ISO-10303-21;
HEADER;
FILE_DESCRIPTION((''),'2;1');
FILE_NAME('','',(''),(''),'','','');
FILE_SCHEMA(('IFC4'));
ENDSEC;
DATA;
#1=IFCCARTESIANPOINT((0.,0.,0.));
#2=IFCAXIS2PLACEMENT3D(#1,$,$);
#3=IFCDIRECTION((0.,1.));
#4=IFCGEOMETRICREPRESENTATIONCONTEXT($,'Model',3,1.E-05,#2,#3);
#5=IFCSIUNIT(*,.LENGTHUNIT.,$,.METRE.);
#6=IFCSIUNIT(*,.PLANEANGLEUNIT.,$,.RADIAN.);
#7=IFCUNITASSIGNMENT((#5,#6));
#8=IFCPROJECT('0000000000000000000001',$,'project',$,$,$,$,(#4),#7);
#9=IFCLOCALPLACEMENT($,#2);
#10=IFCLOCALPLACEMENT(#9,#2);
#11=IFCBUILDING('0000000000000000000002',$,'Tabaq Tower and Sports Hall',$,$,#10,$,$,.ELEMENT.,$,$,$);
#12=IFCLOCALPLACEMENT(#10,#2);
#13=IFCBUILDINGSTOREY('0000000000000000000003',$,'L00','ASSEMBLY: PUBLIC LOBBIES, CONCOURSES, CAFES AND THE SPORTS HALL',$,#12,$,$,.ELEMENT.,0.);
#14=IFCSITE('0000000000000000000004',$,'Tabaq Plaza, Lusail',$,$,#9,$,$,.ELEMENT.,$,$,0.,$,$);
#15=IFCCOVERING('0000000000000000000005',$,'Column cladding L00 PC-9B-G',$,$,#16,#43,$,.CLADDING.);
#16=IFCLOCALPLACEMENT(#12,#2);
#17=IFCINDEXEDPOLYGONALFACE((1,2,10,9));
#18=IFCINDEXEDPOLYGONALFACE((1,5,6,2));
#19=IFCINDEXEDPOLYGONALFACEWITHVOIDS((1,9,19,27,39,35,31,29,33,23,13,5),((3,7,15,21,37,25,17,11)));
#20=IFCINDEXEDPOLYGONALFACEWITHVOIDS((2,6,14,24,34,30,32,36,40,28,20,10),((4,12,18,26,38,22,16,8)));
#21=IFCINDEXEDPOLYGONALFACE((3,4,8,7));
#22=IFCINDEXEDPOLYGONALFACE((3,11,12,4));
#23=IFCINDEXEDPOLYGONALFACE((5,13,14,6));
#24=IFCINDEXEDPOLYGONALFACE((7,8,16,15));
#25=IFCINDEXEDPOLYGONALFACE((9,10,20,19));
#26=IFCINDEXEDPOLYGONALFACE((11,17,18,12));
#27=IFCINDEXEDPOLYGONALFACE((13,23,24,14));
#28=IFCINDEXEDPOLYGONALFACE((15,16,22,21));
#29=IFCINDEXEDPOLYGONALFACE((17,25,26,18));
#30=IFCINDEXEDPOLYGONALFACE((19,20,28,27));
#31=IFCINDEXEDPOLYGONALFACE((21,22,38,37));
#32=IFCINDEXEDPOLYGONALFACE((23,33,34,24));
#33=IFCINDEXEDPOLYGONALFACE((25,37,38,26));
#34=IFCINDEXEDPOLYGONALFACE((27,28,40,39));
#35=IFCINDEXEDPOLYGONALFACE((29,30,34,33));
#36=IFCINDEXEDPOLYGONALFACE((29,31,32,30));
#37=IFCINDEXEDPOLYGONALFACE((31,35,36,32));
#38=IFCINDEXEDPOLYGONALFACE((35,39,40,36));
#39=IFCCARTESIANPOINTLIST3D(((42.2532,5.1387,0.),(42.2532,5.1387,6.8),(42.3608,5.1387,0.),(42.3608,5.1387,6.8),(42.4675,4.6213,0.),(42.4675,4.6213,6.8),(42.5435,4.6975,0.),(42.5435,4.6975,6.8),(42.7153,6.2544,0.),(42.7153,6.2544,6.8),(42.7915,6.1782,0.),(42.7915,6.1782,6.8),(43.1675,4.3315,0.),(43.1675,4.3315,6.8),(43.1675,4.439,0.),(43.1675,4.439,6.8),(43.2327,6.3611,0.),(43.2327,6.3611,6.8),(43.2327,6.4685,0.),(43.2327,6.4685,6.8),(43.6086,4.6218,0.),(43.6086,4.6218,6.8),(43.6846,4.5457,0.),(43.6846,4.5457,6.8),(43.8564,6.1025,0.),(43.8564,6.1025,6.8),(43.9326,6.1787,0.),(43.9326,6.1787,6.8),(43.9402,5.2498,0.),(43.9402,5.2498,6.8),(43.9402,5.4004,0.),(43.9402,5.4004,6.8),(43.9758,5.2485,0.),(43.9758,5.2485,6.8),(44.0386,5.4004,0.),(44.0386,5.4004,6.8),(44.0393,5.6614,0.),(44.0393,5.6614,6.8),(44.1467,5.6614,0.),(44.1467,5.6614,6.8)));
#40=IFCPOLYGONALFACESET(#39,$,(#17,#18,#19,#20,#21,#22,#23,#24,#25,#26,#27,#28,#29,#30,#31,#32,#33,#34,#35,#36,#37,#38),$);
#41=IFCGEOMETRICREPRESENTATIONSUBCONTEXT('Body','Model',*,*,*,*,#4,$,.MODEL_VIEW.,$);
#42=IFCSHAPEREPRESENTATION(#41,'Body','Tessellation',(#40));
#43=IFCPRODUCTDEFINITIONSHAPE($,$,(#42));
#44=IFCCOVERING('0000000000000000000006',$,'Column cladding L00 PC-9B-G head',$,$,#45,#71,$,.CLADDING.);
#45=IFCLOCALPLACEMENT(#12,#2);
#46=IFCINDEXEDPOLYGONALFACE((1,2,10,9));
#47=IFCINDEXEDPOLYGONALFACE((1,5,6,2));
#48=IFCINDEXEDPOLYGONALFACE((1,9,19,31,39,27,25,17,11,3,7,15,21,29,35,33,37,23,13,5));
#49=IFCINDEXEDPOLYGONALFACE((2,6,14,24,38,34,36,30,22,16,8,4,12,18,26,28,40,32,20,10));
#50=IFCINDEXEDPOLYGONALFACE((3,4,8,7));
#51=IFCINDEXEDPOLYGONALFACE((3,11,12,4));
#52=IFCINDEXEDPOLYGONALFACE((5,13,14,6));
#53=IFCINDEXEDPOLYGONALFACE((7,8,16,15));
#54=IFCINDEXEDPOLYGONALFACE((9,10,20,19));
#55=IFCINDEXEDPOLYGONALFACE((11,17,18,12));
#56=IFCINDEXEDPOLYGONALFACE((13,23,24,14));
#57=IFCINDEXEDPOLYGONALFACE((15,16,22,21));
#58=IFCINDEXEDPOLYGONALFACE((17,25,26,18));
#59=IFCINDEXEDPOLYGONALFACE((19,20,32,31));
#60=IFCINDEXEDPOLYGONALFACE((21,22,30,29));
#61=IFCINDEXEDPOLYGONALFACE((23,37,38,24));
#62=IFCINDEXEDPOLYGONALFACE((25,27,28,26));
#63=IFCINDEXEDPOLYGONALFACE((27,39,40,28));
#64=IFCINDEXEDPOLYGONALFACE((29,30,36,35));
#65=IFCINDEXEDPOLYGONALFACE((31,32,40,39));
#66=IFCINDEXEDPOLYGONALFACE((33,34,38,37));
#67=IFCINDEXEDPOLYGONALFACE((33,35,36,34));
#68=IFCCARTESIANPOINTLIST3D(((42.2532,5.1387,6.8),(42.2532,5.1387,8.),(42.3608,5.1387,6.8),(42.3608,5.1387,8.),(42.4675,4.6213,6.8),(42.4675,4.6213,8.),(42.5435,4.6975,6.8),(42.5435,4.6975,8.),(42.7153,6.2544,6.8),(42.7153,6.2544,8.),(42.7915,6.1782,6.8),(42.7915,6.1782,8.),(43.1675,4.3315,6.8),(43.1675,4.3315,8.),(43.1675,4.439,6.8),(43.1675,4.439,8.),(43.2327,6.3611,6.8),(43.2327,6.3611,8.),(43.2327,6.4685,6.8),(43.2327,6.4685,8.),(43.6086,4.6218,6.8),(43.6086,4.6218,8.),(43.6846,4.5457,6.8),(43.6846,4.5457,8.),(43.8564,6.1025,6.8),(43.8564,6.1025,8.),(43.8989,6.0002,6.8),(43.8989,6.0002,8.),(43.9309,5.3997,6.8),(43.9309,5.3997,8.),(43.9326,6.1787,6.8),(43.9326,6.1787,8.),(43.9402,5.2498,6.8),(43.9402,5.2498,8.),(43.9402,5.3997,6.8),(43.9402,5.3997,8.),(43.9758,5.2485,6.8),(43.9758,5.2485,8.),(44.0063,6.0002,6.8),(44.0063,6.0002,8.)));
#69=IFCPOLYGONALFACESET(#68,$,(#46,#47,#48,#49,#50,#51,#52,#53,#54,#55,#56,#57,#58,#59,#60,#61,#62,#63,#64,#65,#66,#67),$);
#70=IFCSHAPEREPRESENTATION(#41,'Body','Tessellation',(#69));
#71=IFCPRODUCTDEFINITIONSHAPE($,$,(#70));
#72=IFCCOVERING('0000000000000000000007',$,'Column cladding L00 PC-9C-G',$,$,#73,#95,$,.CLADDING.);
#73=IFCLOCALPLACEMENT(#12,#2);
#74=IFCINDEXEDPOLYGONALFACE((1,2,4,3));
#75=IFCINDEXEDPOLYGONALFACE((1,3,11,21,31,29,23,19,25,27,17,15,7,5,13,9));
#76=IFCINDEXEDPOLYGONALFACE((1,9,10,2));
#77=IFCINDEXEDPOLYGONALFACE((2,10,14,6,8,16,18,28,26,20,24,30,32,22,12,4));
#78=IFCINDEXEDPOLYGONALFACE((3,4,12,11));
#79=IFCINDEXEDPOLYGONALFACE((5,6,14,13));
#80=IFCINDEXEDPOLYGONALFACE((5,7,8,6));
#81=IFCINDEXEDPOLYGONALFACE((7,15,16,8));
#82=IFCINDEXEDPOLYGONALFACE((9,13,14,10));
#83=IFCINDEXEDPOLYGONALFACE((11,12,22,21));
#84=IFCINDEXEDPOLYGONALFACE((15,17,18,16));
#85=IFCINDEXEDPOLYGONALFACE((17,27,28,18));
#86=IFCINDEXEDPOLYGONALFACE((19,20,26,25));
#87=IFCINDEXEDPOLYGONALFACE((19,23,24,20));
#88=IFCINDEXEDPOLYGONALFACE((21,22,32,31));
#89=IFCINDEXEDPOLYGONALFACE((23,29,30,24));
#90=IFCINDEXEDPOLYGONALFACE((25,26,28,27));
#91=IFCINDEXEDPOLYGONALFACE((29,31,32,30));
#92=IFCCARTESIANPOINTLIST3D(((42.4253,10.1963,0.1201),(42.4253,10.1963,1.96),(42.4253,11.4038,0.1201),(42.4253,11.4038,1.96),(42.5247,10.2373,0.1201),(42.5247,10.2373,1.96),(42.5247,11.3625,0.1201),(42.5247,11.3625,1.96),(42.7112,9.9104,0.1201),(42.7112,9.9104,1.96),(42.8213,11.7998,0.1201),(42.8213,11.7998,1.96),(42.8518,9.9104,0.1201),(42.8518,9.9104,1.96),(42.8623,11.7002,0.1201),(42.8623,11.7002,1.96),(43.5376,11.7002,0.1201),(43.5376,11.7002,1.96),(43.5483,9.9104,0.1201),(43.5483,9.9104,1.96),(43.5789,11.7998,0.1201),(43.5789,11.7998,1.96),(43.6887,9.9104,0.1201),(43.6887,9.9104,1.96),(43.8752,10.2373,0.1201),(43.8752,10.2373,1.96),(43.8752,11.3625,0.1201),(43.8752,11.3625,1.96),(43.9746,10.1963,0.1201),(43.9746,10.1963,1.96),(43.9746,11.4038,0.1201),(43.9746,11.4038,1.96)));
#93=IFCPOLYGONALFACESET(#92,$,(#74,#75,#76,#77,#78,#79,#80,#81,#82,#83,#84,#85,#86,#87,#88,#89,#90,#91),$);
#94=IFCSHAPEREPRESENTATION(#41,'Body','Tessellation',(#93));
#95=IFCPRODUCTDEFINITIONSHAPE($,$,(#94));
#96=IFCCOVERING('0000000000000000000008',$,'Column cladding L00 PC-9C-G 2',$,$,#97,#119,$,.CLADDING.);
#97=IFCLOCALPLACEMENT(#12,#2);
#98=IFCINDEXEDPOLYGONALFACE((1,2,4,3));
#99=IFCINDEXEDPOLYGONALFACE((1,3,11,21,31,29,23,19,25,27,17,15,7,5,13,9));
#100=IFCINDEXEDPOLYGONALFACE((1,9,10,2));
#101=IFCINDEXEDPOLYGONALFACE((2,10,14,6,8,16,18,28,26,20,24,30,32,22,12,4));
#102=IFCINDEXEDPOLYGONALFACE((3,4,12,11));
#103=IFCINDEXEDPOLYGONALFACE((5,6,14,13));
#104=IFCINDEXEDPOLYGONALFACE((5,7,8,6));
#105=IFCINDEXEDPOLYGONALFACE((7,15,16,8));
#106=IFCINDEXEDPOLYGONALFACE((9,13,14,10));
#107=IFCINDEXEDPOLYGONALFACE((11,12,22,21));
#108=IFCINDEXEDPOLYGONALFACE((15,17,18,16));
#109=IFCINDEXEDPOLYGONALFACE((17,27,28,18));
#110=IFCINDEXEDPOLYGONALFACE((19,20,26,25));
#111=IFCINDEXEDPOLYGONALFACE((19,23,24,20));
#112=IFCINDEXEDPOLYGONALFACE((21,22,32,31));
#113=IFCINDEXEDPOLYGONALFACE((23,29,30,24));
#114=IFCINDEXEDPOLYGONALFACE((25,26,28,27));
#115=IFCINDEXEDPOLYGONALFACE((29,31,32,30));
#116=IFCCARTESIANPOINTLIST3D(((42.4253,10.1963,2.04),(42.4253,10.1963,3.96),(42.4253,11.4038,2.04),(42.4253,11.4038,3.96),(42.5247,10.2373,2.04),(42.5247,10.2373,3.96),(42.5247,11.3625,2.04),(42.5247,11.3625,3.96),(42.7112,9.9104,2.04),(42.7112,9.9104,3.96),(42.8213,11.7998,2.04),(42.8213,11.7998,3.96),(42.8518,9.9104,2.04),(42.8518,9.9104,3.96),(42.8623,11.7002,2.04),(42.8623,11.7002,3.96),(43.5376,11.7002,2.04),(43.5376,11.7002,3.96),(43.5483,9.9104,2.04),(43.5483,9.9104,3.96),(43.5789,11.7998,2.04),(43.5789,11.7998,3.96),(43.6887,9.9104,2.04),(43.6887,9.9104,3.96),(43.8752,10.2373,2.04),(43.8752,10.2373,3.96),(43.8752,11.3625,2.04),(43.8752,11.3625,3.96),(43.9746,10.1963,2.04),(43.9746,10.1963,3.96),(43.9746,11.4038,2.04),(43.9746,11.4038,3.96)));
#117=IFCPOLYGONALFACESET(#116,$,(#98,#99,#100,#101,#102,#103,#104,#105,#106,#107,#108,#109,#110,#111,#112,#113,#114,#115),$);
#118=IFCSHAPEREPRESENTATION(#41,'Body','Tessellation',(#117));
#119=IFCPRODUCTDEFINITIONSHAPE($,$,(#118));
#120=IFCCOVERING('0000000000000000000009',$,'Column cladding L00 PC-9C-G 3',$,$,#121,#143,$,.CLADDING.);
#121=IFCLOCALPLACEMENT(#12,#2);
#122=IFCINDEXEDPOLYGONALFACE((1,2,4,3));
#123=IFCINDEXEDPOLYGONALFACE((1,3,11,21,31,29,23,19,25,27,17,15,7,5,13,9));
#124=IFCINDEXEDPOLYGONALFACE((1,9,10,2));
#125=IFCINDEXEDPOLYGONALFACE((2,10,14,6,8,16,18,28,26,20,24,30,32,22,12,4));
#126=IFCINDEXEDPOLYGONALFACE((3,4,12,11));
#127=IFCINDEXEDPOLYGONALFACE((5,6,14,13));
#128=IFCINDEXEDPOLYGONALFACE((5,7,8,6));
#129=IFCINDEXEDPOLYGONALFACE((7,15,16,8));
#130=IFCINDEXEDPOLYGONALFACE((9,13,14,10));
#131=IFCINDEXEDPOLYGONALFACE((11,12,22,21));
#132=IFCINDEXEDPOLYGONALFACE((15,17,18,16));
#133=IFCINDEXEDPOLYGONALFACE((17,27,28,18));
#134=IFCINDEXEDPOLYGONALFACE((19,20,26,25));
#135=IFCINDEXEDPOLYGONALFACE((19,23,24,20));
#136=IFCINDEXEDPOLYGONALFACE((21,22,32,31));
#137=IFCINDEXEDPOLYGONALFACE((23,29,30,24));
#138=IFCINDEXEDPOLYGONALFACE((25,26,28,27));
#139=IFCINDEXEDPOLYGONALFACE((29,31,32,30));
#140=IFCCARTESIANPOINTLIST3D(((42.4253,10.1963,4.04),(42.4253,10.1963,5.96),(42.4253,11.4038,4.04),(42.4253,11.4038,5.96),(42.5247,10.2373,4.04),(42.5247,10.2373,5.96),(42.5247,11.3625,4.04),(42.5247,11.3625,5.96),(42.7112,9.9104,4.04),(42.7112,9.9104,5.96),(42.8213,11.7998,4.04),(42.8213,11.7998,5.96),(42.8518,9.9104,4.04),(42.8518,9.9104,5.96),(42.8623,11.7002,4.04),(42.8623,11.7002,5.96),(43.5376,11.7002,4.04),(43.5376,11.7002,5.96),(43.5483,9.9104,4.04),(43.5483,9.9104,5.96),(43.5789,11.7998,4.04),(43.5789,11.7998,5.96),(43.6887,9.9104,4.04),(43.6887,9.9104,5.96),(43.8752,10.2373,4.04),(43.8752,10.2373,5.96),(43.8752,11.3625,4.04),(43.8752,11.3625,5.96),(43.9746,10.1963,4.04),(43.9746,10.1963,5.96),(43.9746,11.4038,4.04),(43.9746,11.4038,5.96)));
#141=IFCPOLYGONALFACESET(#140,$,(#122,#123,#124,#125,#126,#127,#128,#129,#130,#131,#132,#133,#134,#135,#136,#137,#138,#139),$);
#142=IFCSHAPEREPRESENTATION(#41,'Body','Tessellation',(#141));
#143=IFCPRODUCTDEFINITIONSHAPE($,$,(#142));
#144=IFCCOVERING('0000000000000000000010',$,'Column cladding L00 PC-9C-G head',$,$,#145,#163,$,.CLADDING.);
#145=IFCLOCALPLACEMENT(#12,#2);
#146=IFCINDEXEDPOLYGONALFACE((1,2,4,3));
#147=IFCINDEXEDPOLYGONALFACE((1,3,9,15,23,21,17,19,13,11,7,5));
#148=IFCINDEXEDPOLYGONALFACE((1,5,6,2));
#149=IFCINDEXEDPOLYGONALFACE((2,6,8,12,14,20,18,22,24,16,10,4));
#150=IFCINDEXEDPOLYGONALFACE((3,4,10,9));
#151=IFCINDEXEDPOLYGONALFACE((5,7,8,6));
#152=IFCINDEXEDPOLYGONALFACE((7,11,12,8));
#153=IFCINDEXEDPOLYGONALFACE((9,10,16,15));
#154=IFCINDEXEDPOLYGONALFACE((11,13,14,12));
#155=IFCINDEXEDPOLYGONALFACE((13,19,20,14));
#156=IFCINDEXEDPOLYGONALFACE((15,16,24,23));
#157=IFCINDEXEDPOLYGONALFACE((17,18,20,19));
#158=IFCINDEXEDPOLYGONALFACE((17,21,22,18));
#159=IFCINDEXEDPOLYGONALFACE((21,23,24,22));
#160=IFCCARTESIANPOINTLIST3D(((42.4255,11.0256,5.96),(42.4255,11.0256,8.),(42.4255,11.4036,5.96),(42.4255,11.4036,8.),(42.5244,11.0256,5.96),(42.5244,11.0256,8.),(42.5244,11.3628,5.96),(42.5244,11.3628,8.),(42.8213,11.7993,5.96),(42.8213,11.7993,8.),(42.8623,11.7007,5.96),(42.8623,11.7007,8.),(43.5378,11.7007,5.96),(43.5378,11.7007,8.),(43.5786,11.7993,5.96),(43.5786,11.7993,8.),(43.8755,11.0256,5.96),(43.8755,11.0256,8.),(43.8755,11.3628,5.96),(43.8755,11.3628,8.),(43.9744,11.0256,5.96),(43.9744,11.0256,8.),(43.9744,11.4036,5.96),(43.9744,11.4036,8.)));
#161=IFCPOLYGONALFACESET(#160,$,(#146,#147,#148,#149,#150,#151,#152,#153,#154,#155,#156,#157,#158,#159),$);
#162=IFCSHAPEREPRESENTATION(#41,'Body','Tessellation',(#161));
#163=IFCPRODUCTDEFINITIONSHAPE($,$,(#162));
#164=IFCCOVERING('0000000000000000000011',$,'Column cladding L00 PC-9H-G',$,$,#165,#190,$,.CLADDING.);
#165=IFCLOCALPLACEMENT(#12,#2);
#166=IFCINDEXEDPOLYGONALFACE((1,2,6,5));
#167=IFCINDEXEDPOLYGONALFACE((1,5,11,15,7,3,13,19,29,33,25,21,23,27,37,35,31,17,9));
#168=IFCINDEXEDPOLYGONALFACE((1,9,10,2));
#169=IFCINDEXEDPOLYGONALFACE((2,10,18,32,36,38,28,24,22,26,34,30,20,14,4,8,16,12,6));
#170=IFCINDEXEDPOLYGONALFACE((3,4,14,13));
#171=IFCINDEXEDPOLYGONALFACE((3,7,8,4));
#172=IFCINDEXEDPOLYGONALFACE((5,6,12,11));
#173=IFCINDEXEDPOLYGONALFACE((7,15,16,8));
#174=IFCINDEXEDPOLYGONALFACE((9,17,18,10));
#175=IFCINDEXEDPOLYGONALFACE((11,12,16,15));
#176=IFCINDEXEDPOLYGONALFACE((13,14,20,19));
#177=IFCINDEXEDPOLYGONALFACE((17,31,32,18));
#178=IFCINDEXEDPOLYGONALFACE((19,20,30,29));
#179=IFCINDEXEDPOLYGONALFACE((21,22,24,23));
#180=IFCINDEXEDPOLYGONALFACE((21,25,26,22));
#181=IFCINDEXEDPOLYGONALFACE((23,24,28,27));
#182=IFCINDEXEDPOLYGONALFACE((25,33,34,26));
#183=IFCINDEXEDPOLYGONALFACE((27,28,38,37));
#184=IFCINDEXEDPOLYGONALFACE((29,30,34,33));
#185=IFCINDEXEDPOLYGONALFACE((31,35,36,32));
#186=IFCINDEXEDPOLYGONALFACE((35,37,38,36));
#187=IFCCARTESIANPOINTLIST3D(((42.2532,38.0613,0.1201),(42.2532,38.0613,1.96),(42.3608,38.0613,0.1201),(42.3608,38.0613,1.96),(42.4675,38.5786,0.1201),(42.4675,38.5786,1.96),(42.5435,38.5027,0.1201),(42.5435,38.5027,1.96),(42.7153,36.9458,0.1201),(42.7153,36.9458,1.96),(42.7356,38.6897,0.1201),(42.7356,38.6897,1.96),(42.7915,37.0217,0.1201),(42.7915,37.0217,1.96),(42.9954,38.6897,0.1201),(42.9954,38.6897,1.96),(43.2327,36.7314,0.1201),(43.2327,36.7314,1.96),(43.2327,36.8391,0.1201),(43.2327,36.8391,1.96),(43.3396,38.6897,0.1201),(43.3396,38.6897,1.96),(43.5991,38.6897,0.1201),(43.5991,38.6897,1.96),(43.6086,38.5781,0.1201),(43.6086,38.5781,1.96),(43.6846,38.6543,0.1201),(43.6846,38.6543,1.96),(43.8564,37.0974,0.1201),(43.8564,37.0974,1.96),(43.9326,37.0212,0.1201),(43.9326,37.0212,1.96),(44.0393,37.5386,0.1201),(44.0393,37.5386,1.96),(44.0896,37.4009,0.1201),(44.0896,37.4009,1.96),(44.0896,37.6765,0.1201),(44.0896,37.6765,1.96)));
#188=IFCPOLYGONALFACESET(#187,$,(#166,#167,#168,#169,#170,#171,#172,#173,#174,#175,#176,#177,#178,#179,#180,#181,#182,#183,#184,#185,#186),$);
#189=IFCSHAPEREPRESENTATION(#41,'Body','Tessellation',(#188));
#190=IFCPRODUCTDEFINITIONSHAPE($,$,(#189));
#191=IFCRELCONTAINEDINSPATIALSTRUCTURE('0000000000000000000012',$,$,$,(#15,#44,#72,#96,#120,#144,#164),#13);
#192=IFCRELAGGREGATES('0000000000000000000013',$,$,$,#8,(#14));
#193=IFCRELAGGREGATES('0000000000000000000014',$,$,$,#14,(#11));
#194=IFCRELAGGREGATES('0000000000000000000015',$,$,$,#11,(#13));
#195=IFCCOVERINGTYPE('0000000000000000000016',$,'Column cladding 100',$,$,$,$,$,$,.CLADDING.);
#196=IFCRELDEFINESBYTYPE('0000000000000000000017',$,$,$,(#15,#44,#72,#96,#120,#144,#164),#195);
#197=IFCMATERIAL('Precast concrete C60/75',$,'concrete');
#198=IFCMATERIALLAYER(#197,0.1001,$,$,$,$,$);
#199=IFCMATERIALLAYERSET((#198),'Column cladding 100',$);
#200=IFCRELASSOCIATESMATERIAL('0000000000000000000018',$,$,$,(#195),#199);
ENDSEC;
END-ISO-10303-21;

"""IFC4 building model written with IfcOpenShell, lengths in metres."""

from ifc_helpers import new_model, si_unit, direction, frame, origin, place, context, subcontext, project, spatial, polyline, outline, extrude, material, layer, layer_set, type_object, element, save


model = new_model("IFC4")

# Units and contexts
model_context = context("Model", 3, precision=1e-05, world=origin(), true_north=direction((0.0, 1.0)))
body_context = subcontext(model_context, "Body", "Model", "MODEL_VIEW")
ifc_project = project(units=[si_unit("LENGTHUNIT", "METRE"), si_unit("PLANEANGLEUNIT", "RADIAN")], contexts=[model_context])

# Site, building, storey
site_placement = place(None, origin())
site = spatial("IfcSite", under=ifc_project, at=site_placement, Name="Tabaq Plaza, Lusail", CompositionType="ELEMENT", RefElevation=0.0)
building_placement = place(site_placement, origin())
building = spatial("IfcBuilding", under=site, at=building_placement, Name="Tabaq Tower and Sports Hall", CompositionType="ELEMENT")
storey_placement = place(building_placement, origin())
storey = spatial("IfcBuildingStorey", under=building, at=storey_placement, Name="L00", Description="ASSEMBLY: PUBLIC LOBBIES, CONCOURSES, CAFES AND THE SPORTS HALL", CompositionType="ELEMENT", Elevation=0.0)

# Coverings
ifc_material_1 = material(Name="Precast concrete C60/75", Category="concrete")
ifc_layer_1 = layer(ifc_material_1, 0.1001)
ifc_layer_set_1 = layer_set([ifc_layer_1], Name="Column cladding 100")
covering_type = type_object("IfcCoveringType", Name="Column cladding 100", PredefinedType="CLADDING", material=ifc_layer_set_1)
covering_1_placement = place(storey_placement, origin())
element("IfcCovering", 1, at=covering_1_placement, inside=storey, type_object=covering_type, Name="Column cladding L00 PC-9B-G", PredefinedType="CLADDING", context=body_context, shape_type="SweptSolid", body=[
    extrude(outline(polyline([(42.4675, 4.6213), (42.2532, 5.1387), (42.7153, 6.2544), (43.2327, 6.4685), (43.9326, 6.1787), (44.1467, 5.6614), (44.0386, 5.4004), (43.9402, 5.4004), (43.9402, 5.2498), (43.9758, 5.2485), (43.6846, 4.5457), (43.1675, 4.3315), (42.4675, 4.6213)]), holes=[polyline([(43.8564, 6.1025), (43.2327, 6.3611), (42.7915, 6.1782), (42.3608, 5.1387), (42.5435, 4.6975), (43.1675, 4.439), (43.6086, 4.6218), (44.0393, 5.6614), (43.8564, 6.1025)])]), origin(), (0.0, 0.0, 1.0), 6.8),
])
covering_2_placement = place(storey_placement, frame((0.0, 0.0, 6.8)))
element("IfcCovering", 2, at=covering_2_placement, inside=storey, type_object=covering_type, Name="Column cladding L00 PC-9B-G head", PredefinedType="CLADDING", context=body_context, shape_type="SweptSolid", body=[
    extrude(outline(polyline([(42.2532, 5.1387), (42.7153, 6.2544), (43.2327, 6.4685), (43.9326, 6.1787), (44.0063, 6.0002), (43.8989, 6.0002), (43.8564, 6.1025), (43.2327, 6.3611), (42.7915, 6.1782), (42.3608, 5.1387), (42.5435, 4.6975), (43.1675, 4.439), (43.6086, 4.6218), (43.9309, 5.3997), (43.9402, 5.3997), (43.9402, 5.2498), (43.9758, 5.2485), (43.6846, 4.5457), (43.1675, 4.3315), (42.4675, 4.6213), (42.2532, 5.1387)])), origin(), (0.0, 0.0, 1.0), 1.2),
])
covering_3_placement = place(storey_placement, frame((0.0, 0.0, 0.1201)))
element("IfcCovering", 3, at=covering_3_placement, inside=storey, type_object=covering_type, Name="Column cladding L00 PC-9C-G", PredefinedType="CLADDING", context=body_context, shape_type="SweptSolid", body=[
    extrude(outline(polyline([(42.4253, 10.1963), (42.4253, 11.4038), (42.8213, 11.7998), (43.5789, 11.7998), (43.9746, 11.4038), (43.9746, 10.1963), (43.6887, 9.9104), (43.5483, 9.9104), (43.8752, 10.2373), (43.8752, 11.3625), (43.5376, 11.7002), (42.8623, 11.7002), (42.5247, 11.3625), (42.5247, 10.2373), (42.8518, 9.9104), (42.7112, 9.9104), (42.4253, 10.1963)])), origin(), (0.0, 0.0, 1.0), 1.8398),
])
for number, where, name in (
    (4, (0.0, 0.0, 2.04), "Column cladding L00 PC-9C-G 2"),
    (5, (0.0, 0.0, 4.04), "Column cladding L00 PC-9C-G 3"),
):
    element("IfcCovering", number, at=place(storey_placement, frame(where)), inside=storey, type_object=covering_type, Name=name, PredefinedType="CLADDING", context=body_context, shape_type="SweptSolid", body=[
        extrude(outline(polyline([(42.4253, 10.1963), (42.4253, 11.4038), (42.8213, 11.7998), (43.5789, 11.7998), (43.9746, 11.4038), (43.9746, 10.1963), (43.6887, 9.9104), (43.5483, 9.9104), (43.8752, 10.2373), (43.8752, 11.3625), (43.5376, 11.7002), (42.8623, 11.7002), (42.5247, 11.3625), (42.5247, 10.2373), (42.8518, 9.9104), (42.7112, 9.9104), (42.4253, 10.1963)])), origin(), (0.0, 0.0, 1.0), 1.9199),
    ])
covering_4_placement = place(storey_placement, frame((0.0, 0.0, 5.96)))
element("IfcCovering", 6, at=covering_4_placement, inside=storey, type_object=covering_type, Name="Column cladding L00 PC-9C-G head", PredefinedType="CLADDING", context=body_context, shape_type="SweptSolid", body=[
    extrude(outline(polyline([(42.5244, 11.0256), (42.4255, 11.0256), (42.4255, 11.4036), (42.8213, 11.7993), (43.5786, 11.7993), (43.9744, 11.4036), (43.9744, 11.0256), (43.8755, 11.0256), (43.8755, 11.3628), (43.5378, 11.7007), (42.8623, 11.7007), (42.5244, 11.3628), (42.5244, 11.0256)])), origin(), (0.0, 0.0, 1.0), 2.04),
])
covering_5_placement = place(storey_placement, frame((0.0, 0.0, 0.1201)))
element("IfcCovering", 7, at=covering_5_placement, inside=storey, type_object=covering_type, Name="Column cladding L00 PC-9H-G", PredefinedType="CLADDING", context=body_context, shape_type="SweptSolid", body=[
    extrude(outline(polyline([(43.2327, 36.7314), (42.7153, 36.9458), (42.2532, 38.0613), (42.4675, 38.5786), (42.7356, 38.6897), (42.9954, 38.6897), (42.5435, 38.5027), (42.3608, 38.0613), (42.7915, 37.0217), (43.2327, 36.8391), (43.8564, 37.0974), (44.0393, 37.5386), (43.6086, 38.5781), (43.3396, 38.6897), (43.5991, 38.6897), (43.6846, 38.6543), (44.0896, 37.6765), (44.0896, 37.4009), (43.9326, 37.0212), (43.2327, 36.7314)])), origin(), (0.0, 0.0, 1.0), 1.8398),
])

save(model, "model.ifc")
